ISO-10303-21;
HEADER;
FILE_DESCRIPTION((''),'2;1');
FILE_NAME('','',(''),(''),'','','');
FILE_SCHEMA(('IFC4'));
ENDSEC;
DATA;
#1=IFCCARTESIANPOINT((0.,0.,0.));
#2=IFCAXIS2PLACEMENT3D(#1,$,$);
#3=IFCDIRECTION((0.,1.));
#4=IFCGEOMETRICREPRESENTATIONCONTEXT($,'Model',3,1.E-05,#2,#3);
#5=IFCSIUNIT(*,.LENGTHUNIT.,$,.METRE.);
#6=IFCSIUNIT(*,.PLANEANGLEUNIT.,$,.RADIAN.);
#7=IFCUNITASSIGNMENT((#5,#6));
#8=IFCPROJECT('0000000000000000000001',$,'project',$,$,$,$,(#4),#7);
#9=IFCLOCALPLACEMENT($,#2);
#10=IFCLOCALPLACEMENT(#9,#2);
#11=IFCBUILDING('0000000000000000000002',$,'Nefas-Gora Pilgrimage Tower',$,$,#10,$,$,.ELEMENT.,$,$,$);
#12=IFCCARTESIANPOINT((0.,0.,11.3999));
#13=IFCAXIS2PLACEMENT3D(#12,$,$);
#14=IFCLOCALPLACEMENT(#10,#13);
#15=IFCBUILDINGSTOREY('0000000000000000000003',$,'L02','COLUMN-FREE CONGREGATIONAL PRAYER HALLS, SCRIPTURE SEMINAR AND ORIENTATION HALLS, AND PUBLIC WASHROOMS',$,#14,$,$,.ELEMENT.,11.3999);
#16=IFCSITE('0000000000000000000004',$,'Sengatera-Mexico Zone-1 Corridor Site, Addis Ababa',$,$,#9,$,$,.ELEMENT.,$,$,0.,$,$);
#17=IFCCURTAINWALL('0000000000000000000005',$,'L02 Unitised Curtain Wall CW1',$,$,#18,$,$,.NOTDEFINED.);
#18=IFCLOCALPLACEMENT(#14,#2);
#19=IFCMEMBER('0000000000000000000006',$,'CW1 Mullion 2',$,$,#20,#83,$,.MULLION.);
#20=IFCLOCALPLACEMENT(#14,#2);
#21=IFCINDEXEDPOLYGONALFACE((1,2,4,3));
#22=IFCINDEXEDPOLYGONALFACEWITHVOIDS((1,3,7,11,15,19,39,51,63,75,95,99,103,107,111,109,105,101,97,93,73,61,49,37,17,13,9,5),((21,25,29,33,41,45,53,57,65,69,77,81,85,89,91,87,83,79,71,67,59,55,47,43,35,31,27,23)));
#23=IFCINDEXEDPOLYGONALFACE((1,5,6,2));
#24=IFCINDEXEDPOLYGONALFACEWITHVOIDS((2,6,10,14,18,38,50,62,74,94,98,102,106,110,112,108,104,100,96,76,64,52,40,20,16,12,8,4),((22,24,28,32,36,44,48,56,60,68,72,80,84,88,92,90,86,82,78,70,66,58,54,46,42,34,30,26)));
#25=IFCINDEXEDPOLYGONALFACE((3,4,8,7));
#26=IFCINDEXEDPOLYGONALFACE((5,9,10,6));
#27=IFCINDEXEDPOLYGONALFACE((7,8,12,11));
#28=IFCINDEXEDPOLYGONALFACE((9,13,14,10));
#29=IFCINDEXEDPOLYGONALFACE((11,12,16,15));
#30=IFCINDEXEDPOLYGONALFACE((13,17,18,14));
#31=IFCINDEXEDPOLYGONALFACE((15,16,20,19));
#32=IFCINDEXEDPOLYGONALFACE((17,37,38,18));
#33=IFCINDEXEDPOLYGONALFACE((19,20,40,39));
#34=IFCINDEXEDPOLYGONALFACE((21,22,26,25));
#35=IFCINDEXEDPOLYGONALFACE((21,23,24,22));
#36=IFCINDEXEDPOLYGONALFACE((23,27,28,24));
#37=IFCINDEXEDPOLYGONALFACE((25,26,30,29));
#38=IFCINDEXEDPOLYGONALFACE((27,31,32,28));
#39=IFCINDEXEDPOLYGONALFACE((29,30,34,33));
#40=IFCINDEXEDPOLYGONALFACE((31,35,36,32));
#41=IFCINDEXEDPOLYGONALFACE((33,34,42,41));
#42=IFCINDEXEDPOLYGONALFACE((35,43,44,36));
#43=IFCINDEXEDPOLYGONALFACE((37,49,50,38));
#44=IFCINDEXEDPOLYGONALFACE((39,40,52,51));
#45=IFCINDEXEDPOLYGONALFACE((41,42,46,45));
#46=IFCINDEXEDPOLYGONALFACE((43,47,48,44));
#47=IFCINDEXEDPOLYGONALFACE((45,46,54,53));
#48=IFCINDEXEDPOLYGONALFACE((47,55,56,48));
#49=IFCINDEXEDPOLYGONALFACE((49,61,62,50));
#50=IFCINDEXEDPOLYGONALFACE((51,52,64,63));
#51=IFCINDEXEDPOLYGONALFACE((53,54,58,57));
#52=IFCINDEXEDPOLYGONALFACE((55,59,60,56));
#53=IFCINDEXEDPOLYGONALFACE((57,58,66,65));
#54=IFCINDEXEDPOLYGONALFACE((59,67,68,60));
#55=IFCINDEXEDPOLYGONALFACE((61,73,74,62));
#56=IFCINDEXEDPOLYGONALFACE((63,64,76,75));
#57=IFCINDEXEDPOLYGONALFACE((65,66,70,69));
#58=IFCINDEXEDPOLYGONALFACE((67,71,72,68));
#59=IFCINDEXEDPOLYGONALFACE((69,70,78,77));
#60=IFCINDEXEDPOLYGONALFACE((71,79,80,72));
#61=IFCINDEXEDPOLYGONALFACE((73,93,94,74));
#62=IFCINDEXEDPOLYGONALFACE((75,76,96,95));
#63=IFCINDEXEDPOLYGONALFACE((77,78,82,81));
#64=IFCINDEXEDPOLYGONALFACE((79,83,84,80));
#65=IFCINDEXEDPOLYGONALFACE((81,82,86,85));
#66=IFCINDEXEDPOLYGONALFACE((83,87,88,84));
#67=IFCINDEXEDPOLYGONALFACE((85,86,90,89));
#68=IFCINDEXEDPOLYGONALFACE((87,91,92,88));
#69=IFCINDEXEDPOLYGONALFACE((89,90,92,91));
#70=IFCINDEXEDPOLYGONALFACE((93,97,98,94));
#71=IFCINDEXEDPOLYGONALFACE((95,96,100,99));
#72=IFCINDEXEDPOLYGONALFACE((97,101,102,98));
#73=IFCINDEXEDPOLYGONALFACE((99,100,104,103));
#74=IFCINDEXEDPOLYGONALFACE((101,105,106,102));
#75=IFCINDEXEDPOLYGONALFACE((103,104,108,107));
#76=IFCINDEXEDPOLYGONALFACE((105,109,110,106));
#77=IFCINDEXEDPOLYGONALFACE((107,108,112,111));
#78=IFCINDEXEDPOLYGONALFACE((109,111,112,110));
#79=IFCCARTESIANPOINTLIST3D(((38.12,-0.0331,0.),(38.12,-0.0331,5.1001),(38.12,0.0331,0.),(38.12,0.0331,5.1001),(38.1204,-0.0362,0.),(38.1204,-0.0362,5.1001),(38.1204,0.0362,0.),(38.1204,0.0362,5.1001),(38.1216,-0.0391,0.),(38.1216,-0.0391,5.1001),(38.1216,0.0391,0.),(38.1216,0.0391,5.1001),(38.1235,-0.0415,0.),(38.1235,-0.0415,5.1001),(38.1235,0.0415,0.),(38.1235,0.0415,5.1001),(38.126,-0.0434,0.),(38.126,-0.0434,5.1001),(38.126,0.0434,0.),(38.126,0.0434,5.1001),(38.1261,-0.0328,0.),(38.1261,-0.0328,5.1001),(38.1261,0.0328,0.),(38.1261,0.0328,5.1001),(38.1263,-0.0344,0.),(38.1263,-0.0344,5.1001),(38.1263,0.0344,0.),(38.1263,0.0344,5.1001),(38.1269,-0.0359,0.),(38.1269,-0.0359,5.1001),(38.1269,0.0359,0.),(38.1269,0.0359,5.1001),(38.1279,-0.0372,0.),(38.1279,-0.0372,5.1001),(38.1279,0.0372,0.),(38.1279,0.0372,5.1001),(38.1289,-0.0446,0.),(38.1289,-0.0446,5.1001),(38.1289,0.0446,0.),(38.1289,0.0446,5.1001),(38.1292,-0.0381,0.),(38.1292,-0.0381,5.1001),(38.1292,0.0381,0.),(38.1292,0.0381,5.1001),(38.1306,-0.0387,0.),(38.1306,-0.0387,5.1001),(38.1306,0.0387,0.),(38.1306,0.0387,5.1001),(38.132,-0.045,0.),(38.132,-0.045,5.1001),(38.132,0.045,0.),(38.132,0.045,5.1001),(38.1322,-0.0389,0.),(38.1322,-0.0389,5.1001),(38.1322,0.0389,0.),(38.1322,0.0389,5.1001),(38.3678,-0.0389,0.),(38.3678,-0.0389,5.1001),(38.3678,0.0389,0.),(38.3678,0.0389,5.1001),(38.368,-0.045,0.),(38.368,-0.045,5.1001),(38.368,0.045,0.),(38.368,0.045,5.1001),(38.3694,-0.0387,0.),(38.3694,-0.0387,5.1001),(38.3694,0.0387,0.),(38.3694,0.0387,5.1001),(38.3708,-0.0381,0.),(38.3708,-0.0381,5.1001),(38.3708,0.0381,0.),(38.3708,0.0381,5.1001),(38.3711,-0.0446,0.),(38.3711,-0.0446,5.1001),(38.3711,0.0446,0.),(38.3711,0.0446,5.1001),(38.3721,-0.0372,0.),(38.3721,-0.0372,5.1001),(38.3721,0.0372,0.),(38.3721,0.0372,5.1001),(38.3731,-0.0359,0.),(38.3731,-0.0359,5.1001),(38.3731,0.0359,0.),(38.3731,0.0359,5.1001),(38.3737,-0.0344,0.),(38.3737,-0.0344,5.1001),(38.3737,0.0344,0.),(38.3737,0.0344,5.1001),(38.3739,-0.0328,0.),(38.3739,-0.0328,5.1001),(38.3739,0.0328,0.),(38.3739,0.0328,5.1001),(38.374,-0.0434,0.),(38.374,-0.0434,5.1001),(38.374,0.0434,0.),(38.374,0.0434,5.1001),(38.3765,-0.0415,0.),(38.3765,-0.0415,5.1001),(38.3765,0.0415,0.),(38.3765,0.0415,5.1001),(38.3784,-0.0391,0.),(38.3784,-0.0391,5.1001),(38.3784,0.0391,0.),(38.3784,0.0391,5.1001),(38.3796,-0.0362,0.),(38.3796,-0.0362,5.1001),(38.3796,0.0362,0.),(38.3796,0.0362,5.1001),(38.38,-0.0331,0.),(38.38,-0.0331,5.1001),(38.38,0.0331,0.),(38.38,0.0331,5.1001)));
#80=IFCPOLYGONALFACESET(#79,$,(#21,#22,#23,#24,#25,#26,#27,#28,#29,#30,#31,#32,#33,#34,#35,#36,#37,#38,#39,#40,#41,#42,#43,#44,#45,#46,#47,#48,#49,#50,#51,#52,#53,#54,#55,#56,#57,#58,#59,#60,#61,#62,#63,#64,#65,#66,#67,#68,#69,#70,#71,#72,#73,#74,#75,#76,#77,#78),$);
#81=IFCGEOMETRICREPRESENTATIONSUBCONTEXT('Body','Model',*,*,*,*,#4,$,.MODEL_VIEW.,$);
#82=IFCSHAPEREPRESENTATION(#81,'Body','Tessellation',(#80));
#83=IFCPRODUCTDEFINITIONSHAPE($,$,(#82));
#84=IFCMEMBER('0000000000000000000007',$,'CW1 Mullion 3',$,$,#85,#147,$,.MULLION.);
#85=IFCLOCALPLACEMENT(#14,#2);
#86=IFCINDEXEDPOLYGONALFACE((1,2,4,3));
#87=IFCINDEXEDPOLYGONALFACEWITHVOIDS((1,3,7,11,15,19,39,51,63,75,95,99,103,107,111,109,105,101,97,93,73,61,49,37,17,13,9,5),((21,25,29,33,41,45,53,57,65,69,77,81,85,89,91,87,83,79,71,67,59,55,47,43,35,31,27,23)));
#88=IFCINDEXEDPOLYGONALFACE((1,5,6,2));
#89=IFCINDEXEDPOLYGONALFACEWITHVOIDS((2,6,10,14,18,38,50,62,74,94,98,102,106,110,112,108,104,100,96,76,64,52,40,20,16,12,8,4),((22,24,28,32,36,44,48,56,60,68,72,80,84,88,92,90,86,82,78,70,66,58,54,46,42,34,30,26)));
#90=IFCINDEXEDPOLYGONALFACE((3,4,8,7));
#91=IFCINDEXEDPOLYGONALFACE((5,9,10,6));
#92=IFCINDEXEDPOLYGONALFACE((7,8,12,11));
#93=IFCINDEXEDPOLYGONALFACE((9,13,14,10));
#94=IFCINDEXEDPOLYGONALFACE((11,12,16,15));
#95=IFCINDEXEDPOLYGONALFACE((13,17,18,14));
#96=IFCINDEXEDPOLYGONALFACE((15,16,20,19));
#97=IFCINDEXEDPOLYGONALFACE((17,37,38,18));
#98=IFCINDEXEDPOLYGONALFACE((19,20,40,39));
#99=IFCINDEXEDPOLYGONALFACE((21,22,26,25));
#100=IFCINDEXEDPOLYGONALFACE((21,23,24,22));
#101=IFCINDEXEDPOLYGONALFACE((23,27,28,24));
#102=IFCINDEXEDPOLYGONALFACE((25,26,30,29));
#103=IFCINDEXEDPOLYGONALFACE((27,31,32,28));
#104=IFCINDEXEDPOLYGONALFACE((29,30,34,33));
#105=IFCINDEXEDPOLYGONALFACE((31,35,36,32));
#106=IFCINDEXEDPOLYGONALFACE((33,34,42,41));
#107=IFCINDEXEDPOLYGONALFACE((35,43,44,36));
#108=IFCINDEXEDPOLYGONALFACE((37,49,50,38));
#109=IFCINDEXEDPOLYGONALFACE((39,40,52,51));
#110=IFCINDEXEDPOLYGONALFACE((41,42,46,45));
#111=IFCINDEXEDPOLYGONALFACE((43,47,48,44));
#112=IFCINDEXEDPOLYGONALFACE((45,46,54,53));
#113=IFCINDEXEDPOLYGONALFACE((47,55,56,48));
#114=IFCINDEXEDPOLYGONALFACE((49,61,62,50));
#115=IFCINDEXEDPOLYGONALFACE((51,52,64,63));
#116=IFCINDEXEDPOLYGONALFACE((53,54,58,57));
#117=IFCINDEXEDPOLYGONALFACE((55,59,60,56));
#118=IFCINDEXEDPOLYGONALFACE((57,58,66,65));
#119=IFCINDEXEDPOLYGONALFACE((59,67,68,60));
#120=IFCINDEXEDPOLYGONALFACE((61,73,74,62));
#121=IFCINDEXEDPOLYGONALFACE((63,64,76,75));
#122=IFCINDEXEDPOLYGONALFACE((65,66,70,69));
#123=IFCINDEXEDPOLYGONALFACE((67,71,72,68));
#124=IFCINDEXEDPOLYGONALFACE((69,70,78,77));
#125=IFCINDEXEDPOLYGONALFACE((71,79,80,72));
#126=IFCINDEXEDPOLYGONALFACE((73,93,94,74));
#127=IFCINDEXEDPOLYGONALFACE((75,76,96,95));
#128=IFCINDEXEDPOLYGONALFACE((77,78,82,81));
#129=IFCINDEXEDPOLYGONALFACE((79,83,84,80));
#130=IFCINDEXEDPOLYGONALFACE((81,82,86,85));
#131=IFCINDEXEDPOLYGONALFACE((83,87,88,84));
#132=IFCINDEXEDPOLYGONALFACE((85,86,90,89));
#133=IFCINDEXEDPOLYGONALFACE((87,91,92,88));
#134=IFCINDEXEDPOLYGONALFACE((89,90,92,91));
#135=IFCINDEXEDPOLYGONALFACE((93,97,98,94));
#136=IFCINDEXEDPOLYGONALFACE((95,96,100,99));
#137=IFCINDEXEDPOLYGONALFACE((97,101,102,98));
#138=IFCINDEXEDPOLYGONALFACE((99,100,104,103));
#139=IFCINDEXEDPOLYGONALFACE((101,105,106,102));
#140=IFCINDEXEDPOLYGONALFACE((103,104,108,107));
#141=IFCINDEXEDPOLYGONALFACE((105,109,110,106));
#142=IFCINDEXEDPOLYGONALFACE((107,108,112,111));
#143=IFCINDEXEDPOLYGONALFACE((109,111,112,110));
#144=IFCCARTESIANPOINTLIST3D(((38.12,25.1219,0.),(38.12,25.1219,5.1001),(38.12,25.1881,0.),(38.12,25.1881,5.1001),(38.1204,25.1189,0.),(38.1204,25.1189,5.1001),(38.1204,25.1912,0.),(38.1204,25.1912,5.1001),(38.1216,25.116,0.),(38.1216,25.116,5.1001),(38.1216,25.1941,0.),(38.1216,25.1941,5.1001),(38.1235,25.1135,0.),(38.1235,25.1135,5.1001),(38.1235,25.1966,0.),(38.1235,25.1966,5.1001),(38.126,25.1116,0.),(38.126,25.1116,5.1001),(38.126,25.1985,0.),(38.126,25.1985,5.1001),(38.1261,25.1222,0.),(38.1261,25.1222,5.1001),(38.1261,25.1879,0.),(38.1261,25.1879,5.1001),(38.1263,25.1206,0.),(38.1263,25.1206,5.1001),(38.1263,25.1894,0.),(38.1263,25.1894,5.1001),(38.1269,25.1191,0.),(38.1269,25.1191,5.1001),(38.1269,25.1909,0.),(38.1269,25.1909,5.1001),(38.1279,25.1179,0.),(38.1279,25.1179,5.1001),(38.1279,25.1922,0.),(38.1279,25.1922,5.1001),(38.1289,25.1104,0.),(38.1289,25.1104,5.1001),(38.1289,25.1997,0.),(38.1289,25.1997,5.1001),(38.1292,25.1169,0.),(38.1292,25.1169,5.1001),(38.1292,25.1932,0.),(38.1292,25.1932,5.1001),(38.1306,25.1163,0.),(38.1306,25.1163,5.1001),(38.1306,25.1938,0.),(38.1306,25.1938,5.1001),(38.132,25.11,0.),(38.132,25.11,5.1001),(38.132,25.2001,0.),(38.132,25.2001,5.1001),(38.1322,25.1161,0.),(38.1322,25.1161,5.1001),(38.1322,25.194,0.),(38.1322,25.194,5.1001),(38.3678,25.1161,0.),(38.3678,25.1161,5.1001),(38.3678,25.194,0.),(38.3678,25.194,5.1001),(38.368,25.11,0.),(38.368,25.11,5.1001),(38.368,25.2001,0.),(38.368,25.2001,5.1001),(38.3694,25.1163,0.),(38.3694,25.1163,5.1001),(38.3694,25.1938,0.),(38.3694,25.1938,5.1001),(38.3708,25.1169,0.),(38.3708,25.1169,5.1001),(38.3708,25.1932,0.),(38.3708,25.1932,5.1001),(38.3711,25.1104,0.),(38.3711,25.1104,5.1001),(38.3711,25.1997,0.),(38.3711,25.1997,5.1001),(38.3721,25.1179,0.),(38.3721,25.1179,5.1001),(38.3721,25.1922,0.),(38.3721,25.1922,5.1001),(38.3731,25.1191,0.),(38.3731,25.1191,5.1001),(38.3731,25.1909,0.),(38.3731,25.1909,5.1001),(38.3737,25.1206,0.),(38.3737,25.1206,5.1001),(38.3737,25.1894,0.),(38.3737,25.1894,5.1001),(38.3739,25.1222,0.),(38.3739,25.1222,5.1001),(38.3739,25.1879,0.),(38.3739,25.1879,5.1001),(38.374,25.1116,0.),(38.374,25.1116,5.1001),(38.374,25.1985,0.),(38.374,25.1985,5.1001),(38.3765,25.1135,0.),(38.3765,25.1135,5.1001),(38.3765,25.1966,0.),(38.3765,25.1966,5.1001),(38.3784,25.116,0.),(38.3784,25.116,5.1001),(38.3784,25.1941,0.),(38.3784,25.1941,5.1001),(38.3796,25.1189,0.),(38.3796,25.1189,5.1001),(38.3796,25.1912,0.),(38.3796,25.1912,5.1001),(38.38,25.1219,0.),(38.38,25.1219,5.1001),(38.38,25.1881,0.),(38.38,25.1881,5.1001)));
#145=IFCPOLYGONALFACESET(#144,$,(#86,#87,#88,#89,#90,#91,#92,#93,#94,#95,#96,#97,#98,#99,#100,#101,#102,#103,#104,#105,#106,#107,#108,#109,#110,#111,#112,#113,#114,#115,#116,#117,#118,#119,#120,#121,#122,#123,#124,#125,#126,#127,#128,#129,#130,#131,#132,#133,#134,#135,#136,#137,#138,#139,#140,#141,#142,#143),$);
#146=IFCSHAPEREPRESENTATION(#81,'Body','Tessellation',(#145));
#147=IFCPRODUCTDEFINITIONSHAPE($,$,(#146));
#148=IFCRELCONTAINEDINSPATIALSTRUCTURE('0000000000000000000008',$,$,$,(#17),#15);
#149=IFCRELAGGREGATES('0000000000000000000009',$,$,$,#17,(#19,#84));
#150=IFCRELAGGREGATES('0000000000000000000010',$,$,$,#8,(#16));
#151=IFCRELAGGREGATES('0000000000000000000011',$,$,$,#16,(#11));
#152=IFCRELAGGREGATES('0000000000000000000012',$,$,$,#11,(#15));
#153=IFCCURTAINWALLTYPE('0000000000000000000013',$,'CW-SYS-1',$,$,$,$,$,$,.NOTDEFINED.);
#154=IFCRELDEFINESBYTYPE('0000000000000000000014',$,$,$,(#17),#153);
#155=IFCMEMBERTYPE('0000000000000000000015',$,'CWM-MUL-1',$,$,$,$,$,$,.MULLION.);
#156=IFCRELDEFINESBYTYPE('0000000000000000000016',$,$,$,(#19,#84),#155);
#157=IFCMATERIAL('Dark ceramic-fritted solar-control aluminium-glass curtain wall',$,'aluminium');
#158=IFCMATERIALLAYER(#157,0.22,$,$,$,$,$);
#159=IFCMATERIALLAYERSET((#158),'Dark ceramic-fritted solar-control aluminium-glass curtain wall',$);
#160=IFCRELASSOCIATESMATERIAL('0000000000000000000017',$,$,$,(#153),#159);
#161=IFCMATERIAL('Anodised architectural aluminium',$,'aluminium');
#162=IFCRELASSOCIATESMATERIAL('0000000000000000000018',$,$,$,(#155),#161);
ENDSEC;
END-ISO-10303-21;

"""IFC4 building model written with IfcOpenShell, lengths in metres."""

from ifc_helpers import new_model, si_unit, direction, frame, origin, origin_2d, place, context, subcontext, project, spatial, hollow_rectangle, extrude, source, transform, mapped, material, layer, layer_set, material_profile, profile_set, type_object, element, aggregate, save


model = new_model("IFC4")

# Units and contexts
model_context = context("Model", 3, precision=1e-05, world=origin(), true_north=direction((0.0, 1.0)))
body_context = subcontext(model_context, "Body", "Model", "MODEL_VIEW")
ifc_project = project(units=[si_unit("LENGTHUNIT", "METRE"), si_unit("PLANEANGLEUNIT", "RADIAN")], contexts=[model_context])

# Site, building, storey
site_placement = place(None, origin())
site = spatial("IfcSite", under=ifc_project, at=site_placement, Name="Sengatera-Mexico Zone-1 Corridor Site, Addis Ababa", CompositionType="ELEMENT", RefElevation=0.0)
building_placement = place(site_placement, origin())
building = spatial("IfcBuilding", under=site, at=building_placement, Name="Nefas-Gora Pilgrimage Tower", CompositionType="ELEMENT")
storey_placement = place(building_placement, frame((0.0, 0.0, 11.3999)))
storey = spatial("IfcBuildingStorey", under=building, at=storey_placement, Name="L02", Description="COLUMN-FREE CONGREGATIONAL PRAYER HALLS, SCRIPTURE SEMINAR AND ORIENTATION HALLS, AND PUBLIC WASHROOMS", CompositionType="ELEMENT", Elevation=11.3999)

# Curtain wall, members
ifc_material_1 = material(Name="Dark ceramic-fritted solar-control aluminium-glass curtain wall", Category="aluminium")
ifc_layer_1 = layer(ifc_material_1, 0.22)
ifc_layer_set_1 = layer_set([ifc_layer_1], Name="Dark ceramic-fritted solar-control aluminium-glass curtain wall")
curtain_wall_type = type_object("IfcCurtainWallType", Name="CW-SYS-1", PredefinedType="NOTDEFINED", material=ifc_layer_set_1)
curtain_wall_1_placement = place(storey_placement, origin())
curtain_wall_1 = element("IfcCurtainWall", 1, at=curtain_wall_1_placement, inside=storey, type_object=curtain_wall_type, Name="L02 Unitised Curtain Wall CW1", PredefinedType="NOTDEFINED")
ifc_material_2 = material(Name="Anodised architectural aluminium", Category="aluminium")
ifc_material_profile_1 = material_profile(ifc_material_2, hollow_rectangle(XDim=0.0901, YDim=0.26, WallThickness=0.0061, InnerFilletRadius=0.0061, OuterFilletRadius=0.012, at=origin_2d()), Name="ALU MULLION 90x260")
ifc_profile_set_1 = profile_set([ifc_material_profile_1], Name="Anodised architectural aluminium")
member_type_1 = type_object("IfcMemberType", Name="CWM-MUL-1", PredefinedType="MULLION", material=ifc_profile_set_1)
shared_shape_1 = source(origin(), body_context, "Body", "SweptSolid", [
    extrude(hollow_rectangle(XDim=0.0901, YDim=0.26, WallThickness=0.0061, InnerFilletRadius=0.0061, OuterFilletRadius=0.012, at=origin_2d()), origin(), (0.0, 0.0, 1.0), 5.1001),
])
member_1_placement = place(storey_placement, frame((38.25, 0.0, 0.0), z_axis=(0.0, 0.0, 1.0), x_axis=(0.0, 1.0, 0.0)))
member_1 = element("IfcMember", 2, at=member_1_placement, type_object=member_type_1, Name="CW1 Mullion 2", PredefinedType="MULLION", context=body_context, shape_type="MappedRepresentation", body=[
    mapped(shared_shape_1, transform((0.0, 0.0, 0.0), x_axis=(1.0, 0.0, 0.0), y_axis=(0.0, 1.0, 0.0), z_axis=(0.0, 0.0, 1.0), scale=1.0)),
])
member_2_placement = place(storey_placement, frame((38.25, 25.155, 0.0), z_axis=(0.0, 0.0, 1.0), x_axis=(0.0, 1.0, 0.0)))
member_2 = element("IfcMember", 3, at=member_2_placement, type_object=member_type_1, Name="CW1 Mullion 3", PredefinedType="MULLION", context=body_context, shape_type="MappedRepresentation", body=[
    mapped(shared_shape_1, transform((0.0, 0.0, 0.0), x_axis=(1.0, 0.0, 0.0), y_axis=(0.0, 1.0, 0.0), z_axis=(0.0, 0.0, 1.0), scale=1.0)),
])

aggregate(curtain_wall_1, [member_1, member_2])

save(model, "model.ifc")
